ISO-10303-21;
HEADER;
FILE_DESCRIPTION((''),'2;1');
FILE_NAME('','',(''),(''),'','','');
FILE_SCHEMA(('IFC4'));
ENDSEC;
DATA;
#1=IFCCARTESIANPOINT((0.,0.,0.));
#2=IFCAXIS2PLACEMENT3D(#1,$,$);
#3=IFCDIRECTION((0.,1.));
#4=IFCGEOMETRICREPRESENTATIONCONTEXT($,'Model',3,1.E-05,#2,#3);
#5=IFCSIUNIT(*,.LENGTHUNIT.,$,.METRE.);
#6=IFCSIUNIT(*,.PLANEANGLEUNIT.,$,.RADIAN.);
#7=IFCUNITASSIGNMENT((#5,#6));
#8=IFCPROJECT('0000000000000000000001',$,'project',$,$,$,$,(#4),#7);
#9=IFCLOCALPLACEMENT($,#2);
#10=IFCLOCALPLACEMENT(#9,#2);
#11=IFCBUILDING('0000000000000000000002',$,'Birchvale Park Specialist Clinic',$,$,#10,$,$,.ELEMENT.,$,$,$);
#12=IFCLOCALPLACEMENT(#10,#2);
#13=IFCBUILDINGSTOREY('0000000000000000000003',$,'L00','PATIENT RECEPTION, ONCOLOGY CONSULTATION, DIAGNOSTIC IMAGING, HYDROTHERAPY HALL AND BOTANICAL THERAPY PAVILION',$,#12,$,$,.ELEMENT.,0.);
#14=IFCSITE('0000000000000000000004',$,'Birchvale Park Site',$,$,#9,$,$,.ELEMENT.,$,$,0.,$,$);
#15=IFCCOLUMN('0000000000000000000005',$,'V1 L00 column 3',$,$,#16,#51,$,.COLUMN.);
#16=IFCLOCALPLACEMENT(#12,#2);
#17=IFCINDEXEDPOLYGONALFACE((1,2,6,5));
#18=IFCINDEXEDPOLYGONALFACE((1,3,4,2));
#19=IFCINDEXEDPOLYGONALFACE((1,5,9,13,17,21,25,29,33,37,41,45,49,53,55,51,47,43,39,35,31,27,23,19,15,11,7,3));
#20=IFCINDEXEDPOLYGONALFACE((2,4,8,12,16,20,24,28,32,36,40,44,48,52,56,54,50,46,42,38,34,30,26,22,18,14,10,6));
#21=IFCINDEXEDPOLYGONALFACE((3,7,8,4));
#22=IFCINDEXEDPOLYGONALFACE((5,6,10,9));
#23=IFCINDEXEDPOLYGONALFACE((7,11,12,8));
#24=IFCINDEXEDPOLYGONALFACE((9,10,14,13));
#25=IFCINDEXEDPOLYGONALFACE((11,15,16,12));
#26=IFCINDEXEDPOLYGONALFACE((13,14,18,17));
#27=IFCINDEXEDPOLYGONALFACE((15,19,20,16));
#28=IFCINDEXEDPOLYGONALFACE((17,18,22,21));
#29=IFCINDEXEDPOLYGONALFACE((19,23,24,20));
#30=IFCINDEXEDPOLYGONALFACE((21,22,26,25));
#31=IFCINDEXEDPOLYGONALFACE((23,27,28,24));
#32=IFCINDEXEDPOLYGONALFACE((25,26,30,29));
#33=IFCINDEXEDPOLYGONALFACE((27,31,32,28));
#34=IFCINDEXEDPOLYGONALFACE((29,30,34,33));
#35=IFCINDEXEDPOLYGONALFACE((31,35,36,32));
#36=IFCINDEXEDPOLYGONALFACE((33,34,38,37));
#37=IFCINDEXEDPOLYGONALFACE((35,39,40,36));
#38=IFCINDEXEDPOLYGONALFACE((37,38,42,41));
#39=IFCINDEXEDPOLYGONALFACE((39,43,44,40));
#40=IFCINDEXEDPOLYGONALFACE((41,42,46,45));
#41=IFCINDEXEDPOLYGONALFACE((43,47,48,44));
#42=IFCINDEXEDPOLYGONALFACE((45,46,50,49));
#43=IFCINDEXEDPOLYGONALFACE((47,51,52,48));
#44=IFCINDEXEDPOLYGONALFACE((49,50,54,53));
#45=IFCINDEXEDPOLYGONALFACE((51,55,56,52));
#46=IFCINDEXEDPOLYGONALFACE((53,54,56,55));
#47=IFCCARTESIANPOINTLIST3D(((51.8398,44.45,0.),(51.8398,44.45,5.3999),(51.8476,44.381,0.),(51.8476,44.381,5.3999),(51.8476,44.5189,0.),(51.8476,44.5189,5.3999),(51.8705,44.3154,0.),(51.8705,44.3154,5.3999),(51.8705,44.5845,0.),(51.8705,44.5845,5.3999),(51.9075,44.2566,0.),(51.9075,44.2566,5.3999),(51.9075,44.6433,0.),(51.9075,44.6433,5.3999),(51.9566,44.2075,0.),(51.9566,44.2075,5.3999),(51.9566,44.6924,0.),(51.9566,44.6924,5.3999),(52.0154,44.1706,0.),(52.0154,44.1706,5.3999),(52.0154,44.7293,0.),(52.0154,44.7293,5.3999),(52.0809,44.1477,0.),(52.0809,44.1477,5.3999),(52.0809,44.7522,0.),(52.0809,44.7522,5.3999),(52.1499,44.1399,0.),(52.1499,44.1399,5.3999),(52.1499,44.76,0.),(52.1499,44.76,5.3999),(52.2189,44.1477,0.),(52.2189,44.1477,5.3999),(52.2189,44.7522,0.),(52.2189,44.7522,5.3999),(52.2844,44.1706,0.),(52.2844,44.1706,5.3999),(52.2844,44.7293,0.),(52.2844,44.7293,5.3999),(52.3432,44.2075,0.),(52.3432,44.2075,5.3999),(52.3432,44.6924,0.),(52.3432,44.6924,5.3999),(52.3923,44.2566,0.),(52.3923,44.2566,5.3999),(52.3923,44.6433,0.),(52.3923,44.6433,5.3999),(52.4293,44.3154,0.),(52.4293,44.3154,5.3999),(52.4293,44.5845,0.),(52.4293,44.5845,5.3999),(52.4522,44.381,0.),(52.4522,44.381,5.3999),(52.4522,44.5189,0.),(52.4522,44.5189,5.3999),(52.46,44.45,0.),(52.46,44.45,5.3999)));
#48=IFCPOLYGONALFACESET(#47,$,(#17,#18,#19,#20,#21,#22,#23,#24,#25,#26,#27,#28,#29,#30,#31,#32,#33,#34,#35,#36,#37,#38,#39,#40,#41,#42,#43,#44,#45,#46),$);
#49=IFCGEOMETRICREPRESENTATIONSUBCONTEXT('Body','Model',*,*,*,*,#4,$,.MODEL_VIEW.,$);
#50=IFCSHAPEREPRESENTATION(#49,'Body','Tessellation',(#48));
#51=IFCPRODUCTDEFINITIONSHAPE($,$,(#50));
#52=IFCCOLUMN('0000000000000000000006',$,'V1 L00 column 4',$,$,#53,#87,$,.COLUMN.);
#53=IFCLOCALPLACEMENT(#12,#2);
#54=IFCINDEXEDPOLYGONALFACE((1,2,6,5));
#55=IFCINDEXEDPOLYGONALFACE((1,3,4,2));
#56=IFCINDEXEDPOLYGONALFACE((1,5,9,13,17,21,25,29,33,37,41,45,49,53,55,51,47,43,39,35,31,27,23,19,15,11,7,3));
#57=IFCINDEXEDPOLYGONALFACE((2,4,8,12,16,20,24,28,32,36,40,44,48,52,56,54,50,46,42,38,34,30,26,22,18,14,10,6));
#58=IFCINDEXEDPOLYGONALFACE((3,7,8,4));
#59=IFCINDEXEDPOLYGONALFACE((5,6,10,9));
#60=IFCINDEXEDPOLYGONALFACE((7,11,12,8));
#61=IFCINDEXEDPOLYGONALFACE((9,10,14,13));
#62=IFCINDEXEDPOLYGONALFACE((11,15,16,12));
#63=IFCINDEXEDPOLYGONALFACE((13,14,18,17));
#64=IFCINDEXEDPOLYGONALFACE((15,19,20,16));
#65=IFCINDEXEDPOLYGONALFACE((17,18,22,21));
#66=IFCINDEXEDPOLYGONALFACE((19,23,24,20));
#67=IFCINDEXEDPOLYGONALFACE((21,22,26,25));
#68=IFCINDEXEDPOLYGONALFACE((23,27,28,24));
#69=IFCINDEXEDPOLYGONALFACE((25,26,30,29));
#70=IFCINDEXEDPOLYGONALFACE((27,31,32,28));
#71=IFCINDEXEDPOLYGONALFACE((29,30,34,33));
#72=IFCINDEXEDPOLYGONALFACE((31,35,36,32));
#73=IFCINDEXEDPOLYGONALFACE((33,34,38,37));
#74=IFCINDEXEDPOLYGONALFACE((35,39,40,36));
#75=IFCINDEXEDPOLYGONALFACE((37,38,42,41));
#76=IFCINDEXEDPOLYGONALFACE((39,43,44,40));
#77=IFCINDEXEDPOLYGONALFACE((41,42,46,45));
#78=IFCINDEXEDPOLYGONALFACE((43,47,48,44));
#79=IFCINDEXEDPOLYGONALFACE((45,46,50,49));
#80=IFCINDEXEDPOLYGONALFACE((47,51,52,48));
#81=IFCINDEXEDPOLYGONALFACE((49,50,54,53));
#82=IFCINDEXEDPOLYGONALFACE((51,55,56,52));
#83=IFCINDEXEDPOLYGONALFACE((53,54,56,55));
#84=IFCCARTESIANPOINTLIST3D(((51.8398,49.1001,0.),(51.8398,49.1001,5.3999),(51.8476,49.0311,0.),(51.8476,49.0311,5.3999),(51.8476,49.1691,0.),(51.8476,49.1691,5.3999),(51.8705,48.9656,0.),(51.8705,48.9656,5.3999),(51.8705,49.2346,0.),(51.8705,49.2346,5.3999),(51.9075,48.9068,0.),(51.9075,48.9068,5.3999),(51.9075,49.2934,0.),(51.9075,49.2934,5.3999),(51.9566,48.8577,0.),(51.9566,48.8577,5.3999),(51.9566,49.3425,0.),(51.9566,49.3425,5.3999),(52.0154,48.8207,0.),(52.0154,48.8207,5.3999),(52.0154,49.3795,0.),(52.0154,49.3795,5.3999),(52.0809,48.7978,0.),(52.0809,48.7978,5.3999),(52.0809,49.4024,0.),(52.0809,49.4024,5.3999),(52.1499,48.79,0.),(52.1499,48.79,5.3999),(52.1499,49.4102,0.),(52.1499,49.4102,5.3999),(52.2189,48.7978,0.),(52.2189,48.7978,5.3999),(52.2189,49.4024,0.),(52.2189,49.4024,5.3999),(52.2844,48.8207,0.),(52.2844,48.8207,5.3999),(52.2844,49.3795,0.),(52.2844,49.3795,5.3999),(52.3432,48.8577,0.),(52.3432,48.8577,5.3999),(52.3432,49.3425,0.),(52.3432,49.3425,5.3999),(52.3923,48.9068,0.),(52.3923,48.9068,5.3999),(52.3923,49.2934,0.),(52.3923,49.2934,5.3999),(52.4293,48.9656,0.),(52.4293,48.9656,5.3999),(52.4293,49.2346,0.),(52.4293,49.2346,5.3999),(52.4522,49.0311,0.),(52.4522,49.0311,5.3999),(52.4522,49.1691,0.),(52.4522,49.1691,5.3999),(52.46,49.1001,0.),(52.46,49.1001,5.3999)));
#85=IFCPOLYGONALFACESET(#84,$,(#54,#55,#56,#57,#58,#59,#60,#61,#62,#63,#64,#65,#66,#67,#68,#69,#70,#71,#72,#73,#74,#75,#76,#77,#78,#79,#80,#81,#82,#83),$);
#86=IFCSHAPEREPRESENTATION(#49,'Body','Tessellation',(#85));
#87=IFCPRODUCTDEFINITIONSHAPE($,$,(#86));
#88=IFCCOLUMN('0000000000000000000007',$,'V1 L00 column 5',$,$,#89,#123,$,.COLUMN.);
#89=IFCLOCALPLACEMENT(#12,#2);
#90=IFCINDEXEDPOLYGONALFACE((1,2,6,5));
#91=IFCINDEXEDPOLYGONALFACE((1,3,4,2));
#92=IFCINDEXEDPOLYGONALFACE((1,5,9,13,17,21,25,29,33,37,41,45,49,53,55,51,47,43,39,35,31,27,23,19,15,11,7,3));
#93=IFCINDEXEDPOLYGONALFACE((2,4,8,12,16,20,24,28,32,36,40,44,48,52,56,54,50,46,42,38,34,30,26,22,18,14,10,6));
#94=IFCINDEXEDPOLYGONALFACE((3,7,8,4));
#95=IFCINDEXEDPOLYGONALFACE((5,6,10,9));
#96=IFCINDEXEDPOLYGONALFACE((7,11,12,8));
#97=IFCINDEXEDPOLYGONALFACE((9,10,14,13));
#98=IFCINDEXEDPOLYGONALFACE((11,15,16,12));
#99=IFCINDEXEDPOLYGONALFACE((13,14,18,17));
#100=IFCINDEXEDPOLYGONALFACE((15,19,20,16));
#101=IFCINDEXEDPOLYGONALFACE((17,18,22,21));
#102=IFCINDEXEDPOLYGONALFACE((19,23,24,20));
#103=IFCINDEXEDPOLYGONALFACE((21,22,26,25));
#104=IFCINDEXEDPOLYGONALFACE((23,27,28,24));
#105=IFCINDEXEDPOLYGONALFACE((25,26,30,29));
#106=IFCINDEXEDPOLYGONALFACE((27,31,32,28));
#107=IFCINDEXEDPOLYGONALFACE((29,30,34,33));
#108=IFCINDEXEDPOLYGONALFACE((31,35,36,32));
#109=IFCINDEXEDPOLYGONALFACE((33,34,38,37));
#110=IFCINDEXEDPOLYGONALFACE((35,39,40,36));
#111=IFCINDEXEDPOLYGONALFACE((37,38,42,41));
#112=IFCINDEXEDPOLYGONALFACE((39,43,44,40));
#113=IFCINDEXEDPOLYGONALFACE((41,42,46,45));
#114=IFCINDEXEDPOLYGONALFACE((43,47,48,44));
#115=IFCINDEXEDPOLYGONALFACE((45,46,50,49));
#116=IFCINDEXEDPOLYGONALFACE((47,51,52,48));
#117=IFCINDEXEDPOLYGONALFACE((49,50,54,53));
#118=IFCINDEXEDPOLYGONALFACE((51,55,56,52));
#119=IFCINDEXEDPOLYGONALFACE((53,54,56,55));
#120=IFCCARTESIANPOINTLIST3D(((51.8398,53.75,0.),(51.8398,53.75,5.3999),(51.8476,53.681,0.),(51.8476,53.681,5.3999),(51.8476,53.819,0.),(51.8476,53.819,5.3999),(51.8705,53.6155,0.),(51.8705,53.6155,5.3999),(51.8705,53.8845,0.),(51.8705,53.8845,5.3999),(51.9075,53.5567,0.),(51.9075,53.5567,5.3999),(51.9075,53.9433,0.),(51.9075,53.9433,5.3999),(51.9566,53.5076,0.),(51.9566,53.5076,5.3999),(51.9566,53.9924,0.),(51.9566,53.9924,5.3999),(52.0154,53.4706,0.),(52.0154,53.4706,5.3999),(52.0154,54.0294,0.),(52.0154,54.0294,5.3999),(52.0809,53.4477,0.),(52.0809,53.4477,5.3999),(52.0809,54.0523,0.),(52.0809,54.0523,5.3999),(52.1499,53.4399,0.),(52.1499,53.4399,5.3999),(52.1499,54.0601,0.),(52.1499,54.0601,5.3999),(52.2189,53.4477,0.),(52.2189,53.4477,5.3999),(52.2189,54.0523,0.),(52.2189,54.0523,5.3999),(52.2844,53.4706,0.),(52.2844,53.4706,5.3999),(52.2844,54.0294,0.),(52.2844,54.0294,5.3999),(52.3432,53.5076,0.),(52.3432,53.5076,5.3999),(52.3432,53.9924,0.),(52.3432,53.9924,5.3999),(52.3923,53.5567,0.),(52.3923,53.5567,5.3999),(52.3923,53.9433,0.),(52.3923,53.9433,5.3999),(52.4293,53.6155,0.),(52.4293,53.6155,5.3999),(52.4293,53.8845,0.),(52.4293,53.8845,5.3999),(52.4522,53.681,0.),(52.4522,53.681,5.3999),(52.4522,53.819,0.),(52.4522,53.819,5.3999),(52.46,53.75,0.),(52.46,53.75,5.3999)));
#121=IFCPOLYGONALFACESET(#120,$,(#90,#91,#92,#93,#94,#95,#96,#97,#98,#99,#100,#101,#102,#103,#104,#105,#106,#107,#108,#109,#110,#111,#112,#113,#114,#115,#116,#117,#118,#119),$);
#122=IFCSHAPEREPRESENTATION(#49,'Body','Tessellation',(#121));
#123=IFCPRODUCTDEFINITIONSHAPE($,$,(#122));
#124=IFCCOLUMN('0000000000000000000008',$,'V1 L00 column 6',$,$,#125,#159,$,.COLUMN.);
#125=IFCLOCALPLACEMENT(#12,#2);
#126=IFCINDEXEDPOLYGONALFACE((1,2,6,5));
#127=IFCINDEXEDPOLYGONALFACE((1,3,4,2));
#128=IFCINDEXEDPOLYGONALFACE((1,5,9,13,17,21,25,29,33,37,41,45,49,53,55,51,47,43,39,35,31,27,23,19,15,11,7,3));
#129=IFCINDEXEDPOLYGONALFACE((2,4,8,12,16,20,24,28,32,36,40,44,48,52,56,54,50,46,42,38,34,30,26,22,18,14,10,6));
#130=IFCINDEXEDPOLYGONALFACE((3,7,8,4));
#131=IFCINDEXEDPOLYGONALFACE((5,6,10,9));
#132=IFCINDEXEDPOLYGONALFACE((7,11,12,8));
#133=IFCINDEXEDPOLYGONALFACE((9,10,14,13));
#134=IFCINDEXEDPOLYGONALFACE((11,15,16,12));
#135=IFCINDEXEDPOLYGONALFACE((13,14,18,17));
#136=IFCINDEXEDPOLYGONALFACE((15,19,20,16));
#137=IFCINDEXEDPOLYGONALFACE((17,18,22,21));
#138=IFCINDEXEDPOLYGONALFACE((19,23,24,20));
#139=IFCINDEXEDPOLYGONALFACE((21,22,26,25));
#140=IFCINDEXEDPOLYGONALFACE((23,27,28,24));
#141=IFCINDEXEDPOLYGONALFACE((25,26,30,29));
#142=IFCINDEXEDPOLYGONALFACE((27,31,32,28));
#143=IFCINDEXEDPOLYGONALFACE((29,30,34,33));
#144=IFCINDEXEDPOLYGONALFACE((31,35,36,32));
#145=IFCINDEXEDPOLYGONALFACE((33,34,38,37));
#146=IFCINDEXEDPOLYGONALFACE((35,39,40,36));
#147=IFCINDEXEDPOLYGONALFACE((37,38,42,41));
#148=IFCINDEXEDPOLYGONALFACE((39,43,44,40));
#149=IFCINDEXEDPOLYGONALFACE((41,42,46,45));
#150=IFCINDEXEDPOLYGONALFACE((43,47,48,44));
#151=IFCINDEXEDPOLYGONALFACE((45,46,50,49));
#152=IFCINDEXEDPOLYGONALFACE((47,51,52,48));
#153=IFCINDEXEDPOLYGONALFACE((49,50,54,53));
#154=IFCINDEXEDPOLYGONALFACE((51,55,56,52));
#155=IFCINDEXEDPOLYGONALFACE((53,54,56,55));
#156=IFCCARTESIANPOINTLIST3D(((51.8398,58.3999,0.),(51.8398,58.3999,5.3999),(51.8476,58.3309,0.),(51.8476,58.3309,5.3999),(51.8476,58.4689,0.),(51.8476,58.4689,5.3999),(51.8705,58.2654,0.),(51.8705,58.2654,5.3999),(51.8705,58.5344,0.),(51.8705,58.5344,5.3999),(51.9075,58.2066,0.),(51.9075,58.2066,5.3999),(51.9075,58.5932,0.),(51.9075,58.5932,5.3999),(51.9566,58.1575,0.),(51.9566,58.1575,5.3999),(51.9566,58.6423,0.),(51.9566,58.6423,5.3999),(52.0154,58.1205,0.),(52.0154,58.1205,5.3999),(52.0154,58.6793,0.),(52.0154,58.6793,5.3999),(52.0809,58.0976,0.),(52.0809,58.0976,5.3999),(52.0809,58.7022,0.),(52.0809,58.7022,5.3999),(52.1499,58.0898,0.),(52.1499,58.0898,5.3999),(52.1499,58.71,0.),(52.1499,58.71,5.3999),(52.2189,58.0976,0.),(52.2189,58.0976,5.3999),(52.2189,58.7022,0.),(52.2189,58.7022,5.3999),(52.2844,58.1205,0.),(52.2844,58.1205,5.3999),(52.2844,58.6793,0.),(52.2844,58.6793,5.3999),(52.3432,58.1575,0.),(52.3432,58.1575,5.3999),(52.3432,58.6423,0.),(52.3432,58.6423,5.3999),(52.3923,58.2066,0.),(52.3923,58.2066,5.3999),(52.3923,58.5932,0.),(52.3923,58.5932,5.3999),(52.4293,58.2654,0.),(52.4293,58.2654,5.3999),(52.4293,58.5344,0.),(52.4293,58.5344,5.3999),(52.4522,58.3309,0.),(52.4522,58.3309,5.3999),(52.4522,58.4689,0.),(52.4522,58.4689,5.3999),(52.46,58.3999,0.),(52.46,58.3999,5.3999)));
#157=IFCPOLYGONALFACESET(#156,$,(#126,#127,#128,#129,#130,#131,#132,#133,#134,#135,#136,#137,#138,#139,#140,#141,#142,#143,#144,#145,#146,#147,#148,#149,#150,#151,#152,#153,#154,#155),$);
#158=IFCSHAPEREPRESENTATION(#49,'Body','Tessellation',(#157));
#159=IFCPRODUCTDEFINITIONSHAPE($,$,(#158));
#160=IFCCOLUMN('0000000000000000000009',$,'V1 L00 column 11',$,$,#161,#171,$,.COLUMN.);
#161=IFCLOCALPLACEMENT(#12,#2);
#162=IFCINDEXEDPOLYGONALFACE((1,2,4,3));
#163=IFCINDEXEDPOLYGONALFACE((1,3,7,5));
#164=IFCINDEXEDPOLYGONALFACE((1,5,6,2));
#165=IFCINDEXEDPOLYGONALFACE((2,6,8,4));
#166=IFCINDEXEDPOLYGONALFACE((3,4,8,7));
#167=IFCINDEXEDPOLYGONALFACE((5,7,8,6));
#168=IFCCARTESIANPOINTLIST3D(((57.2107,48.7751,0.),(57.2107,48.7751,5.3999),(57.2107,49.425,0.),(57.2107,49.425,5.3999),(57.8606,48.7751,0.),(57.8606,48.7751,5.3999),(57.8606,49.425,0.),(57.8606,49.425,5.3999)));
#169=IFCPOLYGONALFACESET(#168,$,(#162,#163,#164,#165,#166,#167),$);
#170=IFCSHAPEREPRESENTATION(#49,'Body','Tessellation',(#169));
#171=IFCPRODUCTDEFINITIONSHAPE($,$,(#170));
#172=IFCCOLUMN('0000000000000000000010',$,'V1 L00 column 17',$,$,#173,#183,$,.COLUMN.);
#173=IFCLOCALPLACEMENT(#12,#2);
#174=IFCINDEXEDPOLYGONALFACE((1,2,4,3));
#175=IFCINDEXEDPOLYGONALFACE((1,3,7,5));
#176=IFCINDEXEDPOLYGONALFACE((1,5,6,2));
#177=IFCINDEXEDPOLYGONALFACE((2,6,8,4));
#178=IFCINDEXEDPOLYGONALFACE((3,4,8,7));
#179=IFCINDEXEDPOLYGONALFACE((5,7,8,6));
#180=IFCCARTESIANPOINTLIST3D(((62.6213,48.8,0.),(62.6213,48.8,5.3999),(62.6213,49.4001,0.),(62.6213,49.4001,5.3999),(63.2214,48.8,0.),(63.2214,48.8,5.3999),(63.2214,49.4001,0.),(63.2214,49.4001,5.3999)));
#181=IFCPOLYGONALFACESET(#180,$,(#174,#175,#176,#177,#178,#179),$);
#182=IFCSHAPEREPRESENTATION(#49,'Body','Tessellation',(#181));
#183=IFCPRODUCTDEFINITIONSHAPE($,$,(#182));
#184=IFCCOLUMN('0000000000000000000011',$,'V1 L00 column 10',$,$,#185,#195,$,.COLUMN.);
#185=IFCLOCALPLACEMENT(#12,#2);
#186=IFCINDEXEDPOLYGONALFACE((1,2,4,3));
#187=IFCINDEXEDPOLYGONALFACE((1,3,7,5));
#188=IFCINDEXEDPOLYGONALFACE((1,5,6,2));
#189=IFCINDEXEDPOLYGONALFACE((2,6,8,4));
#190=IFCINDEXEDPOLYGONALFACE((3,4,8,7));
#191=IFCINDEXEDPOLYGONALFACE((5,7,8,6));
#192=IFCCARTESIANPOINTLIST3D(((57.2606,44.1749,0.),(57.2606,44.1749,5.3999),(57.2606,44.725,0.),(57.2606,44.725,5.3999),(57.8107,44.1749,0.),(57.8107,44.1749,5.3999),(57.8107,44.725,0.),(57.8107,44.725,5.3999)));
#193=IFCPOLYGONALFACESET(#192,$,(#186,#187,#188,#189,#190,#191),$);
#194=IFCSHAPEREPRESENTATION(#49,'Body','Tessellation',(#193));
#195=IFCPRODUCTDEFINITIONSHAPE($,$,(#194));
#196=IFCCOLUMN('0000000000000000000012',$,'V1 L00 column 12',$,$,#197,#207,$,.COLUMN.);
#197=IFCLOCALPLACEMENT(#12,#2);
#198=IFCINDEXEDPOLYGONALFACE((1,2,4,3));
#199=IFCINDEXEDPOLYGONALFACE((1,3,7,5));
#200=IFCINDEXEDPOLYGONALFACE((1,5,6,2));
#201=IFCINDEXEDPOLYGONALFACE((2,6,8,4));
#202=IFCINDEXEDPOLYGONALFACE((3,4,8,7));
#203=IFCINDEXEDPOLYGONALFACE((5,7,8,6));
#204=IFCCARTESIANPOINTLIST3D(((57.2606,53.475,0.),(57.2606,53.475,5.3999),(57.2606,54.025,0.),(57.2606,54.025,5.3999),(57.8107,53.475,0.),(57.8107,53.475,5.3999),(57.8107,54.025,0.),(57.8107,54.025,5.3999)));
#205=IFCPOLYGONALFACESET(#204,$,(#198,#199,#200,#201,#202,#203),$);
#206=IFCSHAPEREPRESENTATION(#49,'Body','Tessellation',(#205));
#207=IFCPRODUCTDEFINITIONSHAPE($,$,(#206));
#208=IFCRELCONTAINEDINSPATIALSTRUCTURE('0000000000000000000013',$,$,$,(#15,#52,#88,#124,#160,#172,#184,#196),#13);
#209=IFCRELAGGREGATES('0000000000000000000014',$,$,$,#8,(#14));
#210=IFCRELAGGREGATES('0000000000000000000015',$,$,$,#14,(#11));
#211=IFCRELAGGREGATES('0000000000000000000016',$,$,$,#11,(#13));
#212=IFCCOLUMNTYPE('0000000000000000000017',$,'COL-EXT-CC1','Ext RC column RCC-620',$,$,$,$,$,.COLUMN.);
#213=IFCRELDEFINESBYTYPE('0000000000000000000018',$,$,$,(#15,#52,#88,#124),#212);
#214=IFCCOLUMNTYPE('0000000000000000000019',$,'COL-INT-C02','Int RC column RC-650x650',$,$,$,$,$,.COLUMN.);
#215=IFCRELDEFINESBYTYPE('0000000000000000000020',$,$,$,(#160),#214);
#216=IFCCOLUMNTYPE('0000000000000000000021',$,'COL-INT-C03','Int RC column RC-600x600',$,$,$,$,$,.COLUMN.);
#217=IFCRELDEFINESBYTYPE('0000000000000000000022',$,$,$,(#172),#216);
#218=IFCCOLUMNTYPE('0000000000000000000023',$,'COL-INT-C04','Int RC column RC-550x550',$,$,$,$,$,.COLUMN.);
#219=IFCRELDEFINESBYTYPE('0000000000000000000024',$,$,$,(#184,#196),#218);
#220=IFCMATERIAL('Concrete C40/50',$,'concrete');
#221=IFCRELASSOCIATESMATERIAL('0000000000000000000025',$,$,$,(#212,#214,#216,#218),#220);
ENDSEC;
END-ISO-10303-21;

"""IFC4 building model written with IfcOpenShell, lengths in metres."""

from ifc_helpers import new_model, si_unit, direction, frame, origin, origin_2d, place, context, subcontext, project, spatial, rectangle, circle, extrude, material, material_profile, profile_set, type_object, element, save


model = new_model("IFC4")

# Units and contexts
model_context = context("Model", 3, precision=1e-05, world=origin(), true_north=direction((0.0, 1.0)))
body_context = subcontext(model_context, "Body", "Model", "MODEL_VIEW")
ifc_project = project(units=[si_unit("LENGTHUNIT", "METRE"), si_unit("PLANEANGLEUNIT", "RADIAN")], contexts=[model_context])

# Site, building, storey
site_placement = place(None, origin())
site = spatial("IfcSite", under=ifc_project, at=site_placement, Name="Birchvale Park Site", CompositionType="ELEMENT", RefElevation=0.0)
building_placement = place(site_placement, origin())
building = spatial("IfcBuilding", under=site, at=building_placement, Name="Birchvale Park Specialist Clinic", CompositionType="ELEMENT")
storey_placement = place(building_placement, origin())
storey = spatial("IfcBuildingStorey", under=building, at=storey_placement, Name="L00", Description="PATIENT RECEPTION, ONCOLOGY CONSULTATION, DIAGNOSTIC IMAGING, HYDROTHERAPY HALL AND BOTANICAL THERAPY PAVILION", CompositionType="ELEMENT", Elevation=0.0)

# Columns
ifc_material_1 = material(Name="Concrete C40/50", Category="concrete")
ifc_material_profile_1 = material_profile(ifc_material_1, circle(Radius=0.3101, at=origin_2d()), Name="RCC-620")
ifc_profile_set_1 = profile_set([ifc_material_profile_1], Name="Concrete C40/50")
column_type_1 = type_object("IfcColumnType", Name="COL-EXT-CC1", Description="Ext RC column RCC-620", PredefinedType="COLUMN", material=ifc_profile_set_1)
for number, where, z_axis, x_axis, name in (
    (1, (52.1499, 44.45, 0.0), (0.0, 0.0, 1.0), (1.0, 0.0, 0.0), "V1 L00 column 3"),
    (2, (52.1499, 49.1001, 0.0), (0.0, 0.0, 1.0), (1.0, 0.0, 0.0), "V1 L00 column 4"),
    (3, (52.1499, 53.75, 0.0), (0.0, 0.0, 1.0), (1.0, 0.0, 0.0), "V1 L00 column 5"),
    (4, (52.1499, 58.3999, 0.0), (0.0, 0.0, 1.0), (1.0, 0.0, 0.0), "V1 L00 column 6"),
):
    element("IfcColumn", number, at=place(storey_placement, frame(where, z_axis=z_axis, x_axis=x_axis)), inside=storey, type_object=column_type_1, Name=name, PredefinedType="COLUMN", context=body_context, shape_type="SweptSolid", body=[
        extrude(circle(Radius=0.3101, at=origin_2d()), origin(), (0.0, 0.0, 1.0), 5.3999),
    ])
ifc_material_profile_2 = material_profile(ifc_material_1, rectangle(XDim=0.6499, YDim=0.6499, at=origin_2d()), Name="RC-650x650")
ifc_profile_set_2 = profile_set([ifc_material_profile_2], Name="Concrete C40/50")
column_type_2 = type_object("IfcColumnType", Name="COL-INT-C02", Description="Int RC column RC-650x650", PredefinedType="COLUMN", material=ifc_profile_set_2)
column_1_placement = place(storey_placement, frame((57.5356, 49.1001, 0.0), z_axis=(0.0, 0.0, 1.0), x_axis=(1.0, 0.0, 0.0)))
element("IfcColumn", 5, at=column_1_placement, inside=storey, type_object=column_type_2, Name="V1 L00 column 11", PredefinedType="COLUMN", context=body_context, shape_type="SweptSolid", body=[
    extrude(rectangle(XDim=0.6499, YDim=0.6499, at=origin_2d()), origin(), (0.0, 0.0, 1.0), 5.3999),
])
ifc_material_profile_3 = material_profile(ifc_material_1, rectangle(XDim=0.6001, YDim=0.6001, at=origin_2d()), Name="RC-600x600")
ifc_profile_set_3 = profile_set([ifc_material_profile_3], Name="Concrete C40/50")
column_type_3 = type_object("IfcColumnType", Name="COL-INT-C03", Description="Int RC column RC-600x600", PredefinedType="COLUMN", material=ifc_profile_set_3)
column_2_placement = place(storey_placement, frame((62.9214, 49.1001, 0.0), z_axis=(0.0, 0.0, 1.0), x_axis=(1.0, 0.0, 0.0)))
element("IfcColumn", 6, at=column_2_placement, inside=storey, type_object=column_type_3, Name="V1 L00 column 17", PredefinedType="COLUMN", context=body_context, shape_type="SweptSolid", body=[
    extrude(rectangle(XDim=0.6001, YDim=0.6001, at=origin_2d()), origin(), (0.0, 0.0, 1.0), 5.3999),
])
ifc_material_profile_4 = material_profile(ifc_material_1, rectangle(XDim=0.55, YDim=0.55, at=origin_2d()), Name="RC-550x550")
ifc_profile_set_4 = profile_set([ifc_material_profile_4], Name="Concrete C40/50")
column_type_4 = type_object("IfcColumnType", Name="COL-INT-C04", Description="Int RC column RC-550x550", PredefinedType="COLUMN", material=ifc_profile_set_4)
for number, where, z_axis, x_axis, name in (
    (7, (57.5356, 44.45, 0.0), (0.0, 0.0, 1.0), (1.0, 0.0, 0.0), "V1 L00 column 10"),
    (8, (57.5356, 53.75, 0.0), (0.0, 0.0, 1.0), (1.0, 0.0, 0.0), "V1 L00 column 12"),
):
    element("IfcColumn", number, at=place(storey_placement, frame(where, z_axis=z_axis, x_axis=x_axis)), inside=storey, type_object=column_type_4, Name=name, PredefinedType="COLUMN", context=body_context, shape_type="SweptSolid", body=[
        extrude(rectangle(XDim=0.55, YDim=0.55, at=origin_2d()), origin(), (0.0, 0.0, 1.0), 5.3999),
    ])

save(model, "model.ifc")
